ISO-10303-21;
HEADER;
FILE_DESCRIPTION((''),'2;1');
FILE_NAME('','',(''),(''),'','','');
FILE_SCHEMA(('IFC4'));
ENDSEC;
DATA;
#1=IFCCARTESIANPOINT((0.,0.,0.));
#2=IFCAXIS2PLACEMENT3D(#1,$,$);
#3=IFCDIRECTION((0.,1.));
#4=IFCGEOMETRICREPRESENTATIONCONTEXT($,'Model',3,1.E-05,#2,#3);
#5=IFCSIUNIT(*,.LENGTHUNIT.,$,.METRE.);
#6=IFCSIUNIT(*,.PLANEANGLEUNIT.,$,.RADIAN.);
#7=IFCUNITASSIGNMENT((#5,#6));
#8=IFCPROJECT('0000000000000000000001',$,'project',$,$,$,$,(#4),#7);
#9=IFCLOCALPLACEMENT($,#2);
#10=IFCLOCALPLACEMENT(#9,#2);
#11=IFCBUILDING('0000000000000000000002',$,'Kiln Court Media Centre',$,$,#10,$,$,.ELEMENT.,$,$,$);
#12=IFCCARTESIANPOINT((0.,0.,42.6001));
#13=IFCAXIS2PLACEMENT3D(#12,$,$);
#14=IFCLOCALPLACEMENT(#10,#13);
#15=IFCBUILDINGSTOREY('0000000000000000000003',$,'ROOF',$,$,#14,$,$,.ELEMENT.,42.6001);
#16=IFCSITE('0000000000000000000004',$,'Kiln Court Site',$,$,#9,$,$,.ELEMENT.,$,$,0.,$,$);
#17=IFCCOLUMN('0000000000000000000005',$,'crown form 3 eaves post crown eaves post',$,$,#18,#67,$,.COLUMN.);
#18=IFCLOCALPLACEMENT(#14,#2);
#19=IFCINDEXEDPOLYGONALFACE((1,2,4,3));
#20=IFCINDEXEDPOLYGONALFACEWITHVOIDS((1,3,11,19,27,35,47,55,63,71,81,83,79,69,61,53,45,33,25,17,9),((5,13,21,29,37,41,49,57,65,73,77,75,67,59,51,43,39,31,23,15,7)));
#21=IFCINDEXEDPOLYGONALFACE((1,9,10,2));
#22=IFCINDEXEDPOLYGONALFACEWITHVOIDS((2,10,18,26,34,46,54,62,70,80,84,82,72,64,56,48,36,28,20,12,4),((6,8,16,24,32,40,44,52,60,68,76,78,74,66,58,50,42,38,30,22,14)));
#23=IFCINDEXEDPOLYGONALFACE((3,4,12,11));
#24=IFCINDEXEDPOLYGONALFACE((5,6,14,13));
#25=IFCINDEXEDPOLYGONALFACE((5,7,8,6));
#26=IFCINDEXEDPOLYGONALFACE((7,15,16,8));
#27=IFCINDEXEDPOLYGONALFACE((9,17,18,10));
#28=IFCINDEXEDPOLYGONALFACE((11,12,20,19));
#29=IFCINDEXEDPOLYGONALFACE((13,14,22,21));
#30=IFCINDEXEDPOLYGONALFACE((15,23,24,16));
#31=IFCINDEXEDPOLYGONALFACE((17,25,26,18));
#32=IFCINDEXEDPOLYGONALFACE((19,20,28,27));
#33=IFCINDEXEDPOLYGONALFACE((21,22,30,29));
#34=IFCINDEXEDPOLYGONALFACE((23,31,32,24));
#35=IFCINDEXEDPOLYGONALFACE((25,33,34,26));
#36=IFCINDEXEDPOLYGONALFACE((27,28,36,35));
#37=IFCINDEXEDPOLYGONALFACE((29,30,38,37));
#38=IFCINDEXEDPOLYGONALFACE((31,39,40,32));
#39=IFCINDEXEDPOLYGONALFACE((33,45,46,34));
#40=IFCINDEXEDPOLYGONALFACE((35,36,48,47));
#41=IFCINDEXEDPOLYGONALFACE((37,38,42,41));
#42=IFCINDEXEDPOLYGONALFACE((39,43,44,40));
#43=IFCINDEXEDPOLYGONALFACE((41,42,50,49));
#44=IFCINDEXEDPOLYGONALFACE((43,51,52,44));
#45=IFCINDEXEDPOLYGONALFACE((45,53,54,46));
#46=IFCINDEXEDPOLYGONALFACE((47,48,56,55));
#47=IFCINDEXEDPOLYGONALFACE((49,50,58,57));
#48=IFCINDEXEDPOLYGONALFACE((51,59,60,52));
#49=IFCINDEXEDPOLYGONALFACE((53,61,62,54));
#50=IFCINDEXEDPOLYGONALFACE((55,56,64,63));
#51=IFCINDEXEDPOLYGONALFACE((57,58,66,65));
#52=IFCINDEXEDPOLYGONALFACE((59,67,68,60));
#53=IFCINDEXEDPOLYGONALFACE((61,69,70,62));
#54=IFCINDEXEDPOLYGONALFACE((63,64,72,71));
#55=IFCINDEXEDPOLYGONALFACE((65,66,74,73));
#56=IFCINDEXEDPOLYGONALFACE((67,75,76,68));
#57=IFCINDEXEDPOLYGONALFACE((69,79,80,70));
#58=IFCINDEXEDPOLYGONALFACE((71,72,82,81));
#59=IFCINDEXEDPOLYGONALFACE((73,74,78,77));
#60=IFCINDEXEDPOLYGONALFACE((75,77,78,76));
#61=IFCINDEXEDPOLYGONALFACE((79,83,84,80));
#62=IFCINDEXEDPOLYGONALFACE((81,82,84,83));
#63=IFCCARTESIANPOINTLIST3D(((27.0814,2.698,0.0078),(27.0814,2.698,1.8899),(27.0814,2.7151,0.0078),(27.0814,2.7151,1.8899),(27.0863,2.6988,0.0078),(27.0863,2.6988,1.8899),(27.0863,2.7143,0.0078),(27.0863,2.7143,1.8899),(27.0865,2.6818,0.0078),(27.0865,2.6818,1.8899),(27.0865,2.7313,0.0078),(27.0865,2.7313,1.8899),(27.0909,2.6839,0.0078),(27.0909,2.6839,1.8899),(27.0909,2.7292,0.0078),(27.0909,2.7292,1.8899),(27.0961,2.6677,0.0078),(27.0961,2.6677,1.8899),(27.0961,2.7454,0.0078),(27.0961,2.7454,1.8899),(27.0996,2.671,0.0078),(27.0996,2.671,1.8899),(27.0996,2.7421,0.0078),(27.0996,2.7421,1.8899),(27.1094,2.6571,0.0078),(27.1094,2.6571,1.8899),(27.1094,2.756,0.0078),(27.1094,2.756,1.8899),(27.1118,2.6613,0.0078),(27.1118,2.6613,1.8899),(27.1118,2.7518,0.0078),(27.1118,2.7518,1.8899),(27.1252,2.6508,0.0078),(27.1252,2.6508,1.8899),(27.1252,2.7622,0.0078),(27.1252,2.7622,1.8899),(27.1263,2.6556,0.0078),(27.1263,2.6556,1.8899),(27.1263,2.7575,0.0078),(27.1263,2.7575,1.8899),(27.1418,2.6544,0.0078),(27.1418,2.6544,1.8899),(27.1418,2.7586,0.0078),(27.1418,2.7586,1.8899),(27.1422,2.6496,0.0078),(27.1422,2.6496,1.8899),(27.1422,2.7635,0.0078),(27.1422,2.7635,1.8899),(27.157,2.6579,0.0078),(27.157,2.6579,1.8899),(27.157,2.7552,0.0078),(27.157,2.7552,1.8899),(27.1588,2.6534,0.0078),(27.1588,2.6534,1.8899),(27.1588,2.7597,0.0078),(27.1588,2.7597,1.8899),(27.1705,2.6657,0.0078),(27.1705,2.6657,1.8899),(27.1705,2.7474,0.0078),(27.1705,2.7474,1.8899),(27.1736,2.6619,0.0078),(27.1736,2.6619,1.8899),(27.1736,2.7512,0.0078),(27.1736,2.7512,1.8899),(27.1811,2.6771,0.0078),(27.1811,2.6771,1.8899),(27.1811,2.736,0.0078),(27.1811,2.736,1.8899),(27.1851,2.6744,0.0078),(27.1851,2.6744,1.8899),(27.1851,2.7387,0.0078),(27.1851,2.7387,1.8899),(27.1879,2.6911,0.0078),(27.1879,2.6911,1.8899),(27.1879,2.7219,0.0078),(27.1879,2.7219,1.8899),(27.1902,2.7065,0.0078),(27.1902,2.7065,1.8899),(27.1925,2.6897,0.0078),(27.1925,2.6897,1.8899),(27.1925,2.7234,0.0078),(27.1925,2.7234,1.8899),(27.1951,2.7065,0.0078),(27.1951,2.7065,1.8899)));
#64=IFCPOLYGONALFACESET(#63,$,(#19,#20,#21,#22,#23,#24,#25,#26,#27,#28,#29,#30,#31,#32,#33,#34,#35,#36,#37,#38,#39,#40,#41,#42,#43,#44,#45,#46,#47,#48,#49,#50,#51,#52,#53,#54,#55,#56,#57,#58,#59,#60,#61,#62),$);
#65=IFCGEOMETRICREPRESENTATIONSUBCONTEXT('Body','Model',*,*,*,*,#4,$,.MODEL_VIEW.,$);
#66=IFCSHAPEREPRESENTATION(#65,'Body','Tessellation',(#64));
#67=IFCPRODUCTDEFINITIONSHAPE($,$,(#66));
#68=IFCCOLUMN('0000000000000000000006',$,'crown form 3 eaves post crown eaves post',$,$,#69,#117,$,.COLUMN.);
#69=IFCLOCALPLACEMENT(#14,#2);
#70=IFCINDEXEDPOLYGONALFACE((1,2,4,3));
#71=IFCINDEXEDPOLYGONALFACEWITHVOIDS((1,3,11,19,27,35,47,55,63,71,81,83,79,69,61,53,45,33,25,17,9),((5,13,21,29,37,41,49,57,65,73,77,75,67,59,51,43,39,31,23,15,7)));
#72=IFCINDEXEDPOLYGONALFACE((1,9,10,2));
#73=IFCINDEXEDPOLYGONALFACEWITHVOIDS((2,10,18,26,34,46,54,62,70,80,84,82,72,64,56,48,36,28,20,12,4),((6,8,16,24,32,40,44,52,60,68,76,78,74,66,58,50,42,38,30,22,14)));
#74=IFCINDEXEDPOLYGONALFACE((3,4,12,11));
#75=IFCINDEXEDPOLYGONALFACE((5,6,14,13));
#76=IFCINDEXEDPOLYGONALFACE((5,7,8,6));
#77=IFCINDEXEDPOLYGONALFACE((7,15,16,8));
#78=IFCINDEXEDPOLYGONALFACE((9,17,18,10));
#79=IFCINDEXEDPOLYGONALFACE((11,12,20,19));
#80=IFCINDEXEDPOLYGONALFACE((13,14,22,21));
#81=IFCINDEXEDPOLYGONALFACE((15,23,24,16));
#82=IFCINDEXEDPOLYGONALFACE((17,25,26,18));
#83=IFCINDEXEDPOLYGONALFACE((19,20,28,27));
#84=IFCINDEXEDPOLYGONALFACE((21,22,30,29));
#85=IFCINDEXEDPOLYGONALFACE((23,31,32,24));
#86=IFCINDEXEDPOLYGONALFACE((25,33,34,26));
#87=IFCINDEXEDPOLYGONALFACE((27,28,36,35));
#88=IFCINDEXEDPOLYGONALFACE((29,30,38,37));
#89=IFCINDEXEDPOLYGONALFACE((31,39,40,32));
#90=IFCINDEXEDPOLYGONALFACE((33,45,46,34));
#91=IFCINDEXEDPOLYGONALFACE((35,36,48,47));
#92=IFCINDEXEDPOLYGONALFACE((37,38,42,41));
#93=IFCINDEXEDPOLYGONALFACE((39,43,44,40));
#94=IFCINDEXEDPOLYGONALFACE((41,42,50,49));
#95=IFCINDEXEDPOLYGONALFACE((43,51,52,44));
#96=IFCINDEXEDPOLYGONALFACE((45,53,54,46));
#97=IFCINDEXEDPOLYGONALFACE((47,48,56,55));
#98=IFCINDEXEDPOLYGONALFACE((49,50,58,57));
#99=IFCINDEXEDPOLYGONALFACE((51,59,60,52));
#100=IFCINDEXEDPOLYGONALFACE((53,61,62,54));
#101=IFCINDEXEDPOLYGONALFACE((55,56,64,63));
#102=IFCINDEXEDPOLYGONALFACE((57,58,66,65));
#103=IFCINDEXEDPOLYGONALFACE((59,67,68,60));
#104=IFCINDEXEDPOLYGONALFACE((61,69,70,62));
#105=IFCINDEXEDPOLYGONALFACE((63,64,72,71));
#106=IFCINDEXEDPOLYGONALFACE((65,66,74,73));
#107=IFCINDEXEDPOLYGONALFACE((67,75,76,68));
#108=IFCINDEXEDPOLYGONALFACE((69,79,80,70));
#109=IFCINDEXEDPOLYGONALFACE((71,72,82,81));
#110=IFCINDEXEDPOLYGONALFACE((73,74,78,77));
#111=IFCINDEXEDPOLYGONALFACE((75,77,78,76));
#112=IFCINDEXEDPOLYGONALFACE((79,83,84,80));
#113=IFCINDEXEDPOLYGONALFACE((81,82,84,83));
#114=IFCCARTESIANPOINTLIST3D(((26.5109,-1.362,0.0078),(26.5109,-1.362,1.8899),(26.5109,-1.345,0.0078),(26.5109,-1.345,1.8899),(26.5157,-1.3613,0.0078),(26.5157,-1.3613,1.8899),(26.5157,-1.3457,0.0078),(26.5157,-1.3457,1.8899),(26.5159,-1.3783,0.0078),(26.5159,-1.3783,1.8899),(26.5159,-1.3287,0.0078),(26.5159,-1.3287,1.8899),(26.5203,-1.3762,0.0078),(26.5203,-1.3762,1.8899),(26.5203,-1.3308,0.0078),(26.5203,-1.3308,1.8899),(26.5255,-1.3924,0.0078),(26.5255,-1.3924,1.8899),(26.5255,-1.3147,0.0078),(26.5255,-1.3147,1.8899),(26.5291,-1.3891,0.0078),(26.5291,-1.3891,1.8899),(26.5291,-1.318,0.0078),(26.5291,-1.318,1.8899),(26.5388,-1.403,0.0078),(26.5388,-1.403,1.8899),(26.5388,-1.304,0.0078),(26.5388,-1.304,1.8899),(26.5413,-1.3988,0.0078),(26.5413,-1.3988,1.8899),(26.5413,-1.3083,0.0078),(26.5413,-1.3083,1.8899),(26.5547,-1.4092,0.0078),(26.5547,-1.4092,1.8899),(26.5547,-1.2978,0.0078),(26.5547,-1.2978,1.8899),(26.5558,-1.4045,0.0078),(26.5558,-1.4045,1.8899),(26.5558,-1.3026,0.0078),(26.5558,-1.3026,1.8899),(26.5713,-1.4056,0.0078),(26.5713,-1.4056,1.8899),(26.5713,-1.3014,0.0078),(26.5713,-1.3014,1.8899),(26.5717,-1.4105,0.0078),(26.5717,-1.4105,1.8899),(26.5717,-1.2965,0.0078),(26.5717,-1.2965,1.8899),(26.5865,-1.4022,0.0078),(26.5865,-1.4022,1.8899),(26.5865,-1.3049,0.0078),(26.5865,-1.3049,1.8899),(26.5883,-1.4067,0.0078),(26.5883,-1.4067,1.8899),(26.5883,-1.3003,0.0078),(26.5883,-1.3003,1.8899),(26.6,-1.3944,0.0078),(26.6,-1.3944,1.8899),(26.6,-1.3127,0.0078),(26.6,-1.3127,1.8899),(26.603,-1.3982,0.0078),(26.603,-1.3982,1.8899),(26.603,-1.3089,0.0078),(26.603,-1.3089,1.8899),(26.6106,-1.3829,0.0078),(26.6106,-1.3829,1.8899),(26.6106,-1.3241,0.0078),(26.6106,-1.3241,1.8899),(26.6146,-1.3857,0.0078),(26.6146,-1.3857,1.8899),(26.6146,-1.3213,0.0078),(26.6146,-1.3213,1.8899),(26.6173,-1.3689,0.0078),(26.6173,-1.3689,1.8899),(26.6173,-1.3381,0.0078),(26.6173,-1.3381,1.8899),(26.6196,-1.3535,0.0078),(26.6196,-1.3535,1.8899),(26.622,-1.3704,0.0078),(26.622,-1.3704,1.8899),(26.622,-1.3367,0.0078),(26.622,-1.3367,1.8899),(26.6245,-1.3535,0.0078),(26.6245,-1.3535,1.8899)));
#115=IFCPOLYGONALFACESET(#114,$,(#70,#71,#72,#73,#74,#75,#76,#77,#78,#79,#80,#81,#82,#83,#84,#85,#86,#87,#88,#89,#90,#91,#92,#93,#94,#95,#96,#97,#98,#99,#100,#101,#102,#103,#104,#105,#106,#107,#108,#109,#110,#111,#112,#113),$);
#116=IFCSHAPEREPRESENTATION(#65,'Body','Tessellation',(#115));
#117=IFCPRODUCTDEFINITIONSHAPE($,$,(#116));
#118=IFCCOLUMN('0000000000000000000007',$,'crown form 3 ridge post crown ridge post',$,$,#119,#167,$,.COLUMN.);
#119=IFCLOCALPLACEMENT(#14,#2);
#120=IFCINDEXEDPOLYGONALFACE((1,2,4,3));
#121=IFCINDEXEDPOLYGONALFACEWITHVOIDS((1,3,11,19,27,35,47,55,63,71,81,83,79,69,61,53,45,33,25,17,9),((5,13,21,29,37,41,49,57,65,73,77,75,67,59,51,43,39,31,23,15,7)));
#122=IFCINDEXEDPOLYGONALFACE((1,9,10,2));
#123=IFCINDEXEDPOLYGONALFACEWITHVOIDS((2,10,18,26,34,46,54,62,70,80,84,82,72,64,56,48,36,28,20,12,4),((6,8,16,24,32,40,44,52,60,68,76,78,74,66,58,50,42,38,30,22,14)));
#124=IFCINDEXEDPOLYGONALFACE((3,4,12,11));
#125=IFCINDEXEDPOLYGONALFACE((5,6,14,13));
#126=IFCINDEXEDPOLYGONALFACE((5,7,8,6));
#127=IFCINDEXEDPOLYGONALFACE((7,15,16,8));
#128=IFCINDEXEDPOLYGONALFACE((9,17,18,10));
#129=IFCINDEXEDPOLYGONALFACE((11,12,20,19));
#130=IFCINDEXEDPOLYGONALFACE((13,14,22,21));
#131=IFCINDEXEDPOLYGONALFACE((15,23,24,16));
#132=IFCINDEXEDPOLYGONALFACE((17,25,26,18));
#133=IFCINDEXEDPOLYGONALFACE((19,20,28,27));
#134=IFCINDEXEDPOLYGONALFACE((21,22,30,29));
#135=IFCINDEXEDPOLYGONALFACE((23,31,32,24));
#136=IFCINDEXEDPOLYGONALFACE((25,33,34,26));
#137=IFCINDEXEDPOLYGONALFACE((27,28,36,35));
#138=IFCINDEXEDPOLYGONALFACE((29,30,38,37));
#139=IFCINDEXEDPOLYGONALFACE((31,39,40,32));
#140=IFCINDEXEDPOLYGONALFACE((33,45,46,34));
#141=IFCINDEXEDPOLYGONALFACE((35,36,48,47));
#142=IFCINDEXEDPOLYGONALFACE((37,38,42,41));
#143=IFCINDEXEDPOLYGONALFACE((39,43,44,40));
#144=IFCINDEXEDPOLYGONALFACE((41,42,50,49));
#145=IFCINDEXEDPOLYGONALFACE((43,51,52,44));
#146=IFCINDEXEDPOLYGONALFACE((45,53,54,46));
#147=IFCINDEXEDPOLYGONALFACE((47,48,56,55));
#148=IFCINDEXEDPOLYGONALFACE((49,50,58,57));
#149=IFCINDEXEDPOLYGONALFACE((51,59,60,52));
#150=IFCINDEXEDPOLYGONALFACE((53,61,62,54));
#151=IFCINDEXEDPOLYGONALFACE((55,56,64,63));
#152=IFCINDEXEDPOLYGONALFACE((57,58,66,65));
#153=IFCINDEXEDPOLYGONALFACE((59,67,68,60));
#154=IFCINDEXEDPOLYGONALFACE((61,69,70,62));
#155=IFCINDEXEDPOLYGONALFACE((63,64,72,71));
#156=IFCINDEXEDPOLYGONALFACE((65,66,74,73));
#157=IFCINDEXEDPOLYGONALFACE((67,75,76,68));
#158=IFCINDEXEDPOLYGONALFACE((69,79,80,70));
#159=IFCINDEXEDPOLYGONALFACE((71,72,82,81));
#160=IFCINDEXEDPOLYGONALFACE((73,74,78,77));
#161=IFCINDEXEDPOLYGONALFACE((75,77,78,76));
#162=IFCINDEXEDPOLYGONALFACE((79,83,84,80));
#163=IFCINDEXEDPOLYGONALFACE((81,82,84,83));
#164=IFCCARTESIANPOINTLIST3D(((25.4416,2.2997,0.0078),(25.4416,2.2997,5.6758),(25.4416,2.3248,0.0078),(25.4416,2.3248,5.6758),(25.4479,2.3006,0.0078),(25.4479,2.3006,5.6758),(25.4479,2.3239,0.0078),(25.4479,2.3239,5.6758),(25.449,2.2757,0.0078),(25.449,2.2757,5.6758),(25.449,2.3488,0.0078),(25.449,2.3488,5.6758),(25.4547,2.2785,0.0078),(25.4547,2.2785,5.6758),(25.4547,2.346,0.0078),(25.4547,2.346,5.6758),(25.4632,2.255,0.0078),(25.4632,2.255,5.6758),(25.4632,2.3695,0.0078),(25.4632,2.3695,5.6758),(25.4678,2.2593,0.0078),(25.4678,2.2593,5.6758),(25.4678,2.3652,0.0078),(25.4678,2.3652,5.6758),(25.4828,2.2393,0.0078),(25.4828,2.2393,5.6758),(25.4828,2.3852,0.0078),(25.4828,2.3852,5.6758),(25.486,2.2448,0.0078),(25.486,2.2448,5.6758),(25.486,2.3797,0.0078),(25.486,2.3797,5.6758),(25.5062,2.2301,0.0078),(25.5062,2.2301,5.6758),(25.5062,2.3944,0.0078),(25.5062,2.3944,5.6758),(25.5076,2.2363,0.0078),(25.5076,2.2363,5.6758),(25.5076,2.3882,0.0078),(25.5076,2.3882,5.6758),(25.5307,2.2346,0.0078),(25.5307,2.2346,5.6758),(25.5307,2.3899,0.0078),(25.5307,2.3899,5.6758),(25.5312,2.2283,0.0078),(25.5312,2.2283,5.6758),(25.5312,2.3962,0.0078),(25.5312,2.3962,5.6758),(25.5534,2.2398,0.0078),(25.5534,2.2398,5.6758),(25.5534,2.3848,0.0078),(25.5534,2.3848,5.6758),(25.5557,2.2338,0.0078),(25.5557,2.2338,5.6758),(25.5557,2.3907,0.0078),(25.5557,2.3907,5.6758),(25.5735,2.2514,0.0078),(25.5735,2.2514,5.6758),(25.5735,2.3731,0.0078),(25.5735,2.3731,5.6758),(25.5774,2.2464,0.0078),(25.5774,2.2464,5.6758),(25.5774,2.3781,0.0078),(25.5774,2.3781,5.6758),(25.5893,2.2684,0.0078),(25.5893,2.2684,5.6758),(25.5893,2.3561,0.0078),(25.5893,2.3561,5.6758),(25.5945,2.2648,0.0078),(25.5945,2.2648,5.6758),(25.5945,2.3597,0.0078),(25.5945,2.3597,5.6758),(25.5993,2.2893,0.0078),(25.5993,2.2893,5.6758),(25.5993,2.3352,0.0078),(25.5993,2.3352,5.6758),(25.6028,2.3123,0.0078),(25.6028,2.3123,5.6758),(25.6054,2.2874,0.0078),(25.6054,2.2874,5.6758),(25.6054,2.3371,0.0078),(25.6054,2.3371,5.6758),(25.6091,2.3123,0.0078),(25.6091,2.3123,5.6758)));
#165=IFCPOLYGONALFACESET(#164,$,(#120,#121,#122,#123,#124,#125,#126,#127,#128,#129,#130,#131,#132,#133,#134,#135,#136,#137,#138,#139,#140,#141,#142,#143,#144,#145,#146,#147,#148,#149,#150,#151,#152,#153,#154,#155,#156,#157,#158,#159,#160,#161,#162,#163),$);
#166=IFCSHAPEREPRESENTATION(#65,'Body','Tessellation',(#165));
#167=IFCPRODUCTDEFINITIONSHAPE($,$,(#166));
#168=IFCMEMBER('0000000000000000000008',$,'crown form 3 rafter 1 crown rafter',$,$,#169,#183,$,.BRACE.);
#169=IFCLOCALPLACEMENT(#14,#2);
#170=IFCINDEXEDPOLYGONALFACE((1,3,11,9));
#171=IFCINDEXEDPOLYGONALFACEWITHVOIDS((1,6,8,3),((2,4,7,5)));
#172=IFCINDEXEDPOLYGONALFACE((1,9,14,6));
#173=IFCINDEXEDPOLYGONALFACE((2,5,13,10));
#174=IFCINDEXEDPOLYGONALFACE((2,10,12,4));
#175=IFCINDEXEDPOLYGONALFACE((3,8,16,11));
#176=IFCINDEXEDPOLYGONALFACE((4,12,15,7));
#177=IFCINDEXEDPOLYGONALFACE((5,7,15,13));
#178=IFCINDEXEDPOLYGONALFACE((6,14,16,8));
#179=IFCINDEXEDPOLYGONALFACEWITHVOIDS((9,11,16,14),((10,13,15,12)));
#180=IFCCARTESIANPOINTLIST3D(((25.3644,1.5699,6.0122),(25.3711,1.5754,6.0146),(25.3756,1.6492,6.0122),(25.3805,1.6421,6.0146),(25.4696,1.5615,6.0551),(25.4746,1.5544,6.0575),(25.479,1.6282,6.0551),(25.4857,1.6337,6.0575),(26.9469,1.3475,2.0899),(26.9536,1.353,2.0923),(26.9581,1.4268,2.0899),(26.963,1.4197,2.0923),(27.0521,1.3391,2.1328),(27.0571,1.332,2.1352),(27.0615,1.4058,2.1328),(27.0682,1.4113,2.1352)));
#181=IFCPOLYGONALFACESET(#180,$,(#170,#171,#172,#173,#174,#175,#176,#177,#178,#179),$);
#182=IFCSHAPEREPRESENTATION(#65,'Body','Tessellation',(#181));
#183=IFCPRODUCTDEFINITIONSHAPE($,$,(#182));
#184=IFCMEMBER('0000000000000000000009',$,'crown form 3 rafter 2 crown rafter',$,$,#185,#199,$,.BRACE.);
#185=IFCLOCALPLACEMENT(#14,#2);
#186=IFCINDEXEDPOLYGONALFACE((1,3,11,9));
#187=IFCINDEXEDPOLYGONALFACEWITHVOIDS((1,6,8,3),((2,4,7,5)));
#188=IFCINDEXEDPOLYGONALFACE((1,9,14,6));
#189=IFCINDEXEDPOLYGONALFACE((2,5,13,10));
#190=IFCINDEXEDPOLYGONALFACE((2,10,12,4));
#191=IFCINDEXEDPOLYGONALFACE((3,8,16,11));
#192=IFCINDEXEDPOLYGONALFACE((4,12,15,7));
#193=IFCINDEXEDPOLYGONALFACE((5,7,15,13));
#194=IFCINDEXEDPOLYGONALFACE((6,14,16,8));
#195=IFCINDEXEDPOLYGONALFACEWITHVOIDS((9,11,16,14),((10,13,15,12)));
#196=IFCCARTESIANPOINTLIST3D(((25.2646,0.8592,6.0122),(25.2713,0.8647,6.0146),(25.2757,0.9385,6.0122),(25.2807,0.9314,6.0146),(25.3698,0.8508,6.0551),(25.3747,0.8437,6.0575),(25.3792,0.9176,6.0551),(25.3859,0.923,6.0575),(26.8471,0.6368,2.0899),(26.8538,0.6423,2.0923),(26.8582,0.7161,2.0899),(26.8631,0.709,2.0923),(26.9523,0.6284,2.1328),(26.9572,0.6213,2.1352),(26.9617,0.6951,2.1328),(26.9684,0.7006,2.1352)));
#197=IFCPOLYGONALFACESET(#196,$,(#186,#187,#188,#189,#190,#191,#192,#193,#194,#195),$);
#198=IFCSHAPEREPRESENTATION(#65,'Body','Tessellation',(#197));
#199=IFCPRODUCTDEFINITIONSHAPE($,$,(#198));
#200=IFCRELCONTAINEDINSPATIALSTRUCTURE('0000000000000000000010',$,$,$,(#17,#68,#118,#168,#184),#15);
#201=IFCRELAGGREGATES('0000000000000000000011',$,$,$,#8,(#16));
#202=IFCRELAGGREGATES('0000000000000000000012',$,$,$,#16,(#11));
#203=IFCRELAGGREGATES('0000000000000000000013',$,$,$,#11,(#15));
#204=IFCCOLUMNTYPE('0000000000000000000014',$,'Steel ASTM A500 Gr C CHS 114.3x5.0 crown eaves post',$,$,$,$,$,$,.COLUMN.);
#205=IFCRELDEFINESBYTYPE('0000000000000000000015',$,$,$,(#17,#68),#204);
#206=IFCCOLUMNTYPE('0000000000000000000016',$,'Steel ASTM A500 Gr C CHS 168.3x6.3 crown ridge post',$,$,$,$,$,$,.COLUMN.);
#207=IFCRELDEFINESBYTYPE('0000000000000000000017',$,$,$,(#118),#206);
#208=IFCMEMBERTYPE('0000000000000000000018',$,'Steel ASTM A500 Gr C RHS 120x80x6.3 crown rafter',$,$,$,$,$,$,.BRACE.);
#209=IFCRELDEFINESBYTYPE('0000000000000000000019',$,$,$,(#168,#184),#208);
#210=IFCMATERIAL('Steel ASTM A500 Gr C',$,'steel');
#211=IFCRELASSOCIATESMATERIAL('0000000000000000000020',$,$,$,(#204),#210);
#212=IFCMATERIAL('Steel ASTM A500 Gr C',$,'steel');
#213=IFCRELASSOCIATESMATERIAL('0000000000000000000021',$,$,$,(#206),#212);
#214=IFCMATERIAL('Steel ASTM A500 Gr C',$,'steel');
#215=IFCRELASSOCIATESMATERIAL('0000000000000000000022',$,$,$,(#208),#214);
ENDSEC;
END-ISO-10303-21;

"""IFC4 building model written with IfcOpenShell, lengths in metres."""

from ifc_helpers import new_model, si_unit, direction, frame, origin, origin_2d, place, context, subcontext, project, spatial, hollow_rectangle, hollow_circle, extrude, material, material_profile, profile_set, type_object, element, save


model = new_model("IFC4")

# Units and contexts
model_context = context("Model", 3, precision=1e-05, world=origin(), true_north=direction((0.0, 1.0)))
body_context = subcontext(model_context, "Body", "Model", "MODEL_VIEW")
ifc_project = project(units=[si_unit("LENGTHUNIT", "METRE"), si_unit("PLANEANGLEUNIT", "RADIAN")], contexts=[model_context])

# Site, building, storey
site_placement = place(None, origin())
site = spatial("IfcSite", under=ifc_project, at=site_placement, Name="Kiln Court Site", CompositionType="ELEMENT", RefElevation=0.0)
building_placement = place(site_placement, origin())
building = spatial("IfcBuilding", under=site, at=building_placement, Name="Kiln Court Media Centre", CompositionType="ELEMENT")
storey_placement = place(building_placement, frame((0.0, 0.0, 42.6001)))
storey = spatial("IfcBuildingStorey", under=building, at=storey_placement, Name="ROOF", CompositionType="ELEMENT", Elevation=42.6001)

# Columns
ifc_material_1 = material(Name="Steel ASTM A500 Gr C", Category="steel")
ifc_material_profile_1 = material_profile(ifc_material_1, hollow_circle(Radius=0.0571, WallThickness=0.0049, at=origin_2d()), Name="CHS 114.3x5.0")
ifc_profile_set_1 = profile_set([ifc_material_profile_1], Name="Steel ASTM A500 Gr C")
column_type_1 = type_object("IfcColumnType", Name="Steel ASTM A500 Gr C CHS 114.3x5.0 crown eaves post", PredefinedType="COLUMN", material=ifc_profile_set_1)
for number, where, z_axis, x_axis, name in (
    (1, (27.1379, 2.7065, 0.0078), (0.0, 0.0, 1.0), (1.0, 0.0, 0.0), "crown form 3 eaves post crown eaves post"),
    (2, (26.5674, -1.3535, 0.0078), (0.0, 0.0, 1.0), (1.0, 0.0, 0.0), "crown form 3 eaves post crown eaves post"),
):
    element("IfcColumn", number, at=place(storey_placement, frame(where, z_axis=z_axis, x_axis=x_axis)), inside=storey, type_object=column_type_1, Name=name, PredefinedType="COLUMN", context=body_context, shape_type="SweptSolid", body=[
        extrude(hollow_circle(Radius=0.0571, WallThickness=0.0049, at=origin_2d()), origin(), (0.0, 0.0, 1.0), 1.8821),
    ])
ifc_material_2 = material(Name="Steel ASTM A500 Gr C", Category="steel")
ifc_material_profile_2 = material_profile(ifc_material_2, hollow_circle(Radius=0.0842, WallThickness=0.0063, at=origin_2d()), Name="CHS 168.3x6.3")
ifc_profile_set_2 = profile_set([ifc_material_profile_2], Name="Steel ASTM A500 Gr C")
column_type_2 = type_object("IfcColumnType", Name="Steel ASTM A500 Gr C CHS 168.3x6.3 crown ridge post", PredefinedType="COLUMN", material=ifc_profile_set_2)
column_placement = place(storey_placement, frame((25.5249, 2.3123, 0.0078), z_axis=(0.0, 0.0, 1.0), x_axis=(1.0, 0.0, 0.0)))
element("IfcColumn", 3, at=column_placement, inside=storey, type_object=column_type_2, Name="crown form 3 ridge post crown ridge post", PredefinedType="COLUMN", context=body_context, shape_type="SweptSolid", body=[
    extrude(hollow_circle(Radius=0.0842, WallThickness=0.0063, at=origin_2d()), origin(), (0.0, 0.0, 1.0), 5.668),
])

# Members
ifc_material_3 = material(Name="Steel ASTM A500 Gr C", Category="steel")
ifc_material_profile_3 = material_profile(ifc_material_3, hollow_rectangle(XDim=0.0801, YDim=0.1201, WallThickness=0.0063, at=origin_2d()), Name="RHS 120x80x6.3")
ifc_profile_set_3 = profile_set([ifc_material_profile_3], Name="Steel ASTM A500 Gr C")
member_type = type_object("IfcMemberType", Name="Steel ASTM A500 Gr C RHS 120x80x6.3 crown rafter", PredefinedType="BRACE", material=ifc_profile_set_3)
for number, where, z_axis, x_axis, name in (
    (4, (27.0076, 1.3794, 2.1125), (-0.373639, 0.052512, 0.926086), (-0.139175, -0.990268, 0.0), "crown form 3 rafter 1 crown rafter"),
    (5, (26.9077, 0.6687, 2.1125), (-0.373639, 0.052512, 0.926086), (-0.139175, -0.990268, 0.0), "crown form 3 rafter 2 crown rafter"),
):
    element("IfcMember", number, at=place(storey_placement, frame(where, z_axis=z_axis, x_axis=x_axis)), inside=storey, type_object=member_type, Name=name, PredefinedType="BRACE", context=body_context, shape_type="SweptSolid", body=[
        extrude(hollow_rectangle(XDim=0.0801, YDim=0.1201, WallThickness=0.0063, at=origin_2d()), origin(), (0.0, 0.0, 1.0), 4.2354),
    ])

save(model, "model.ifc")
